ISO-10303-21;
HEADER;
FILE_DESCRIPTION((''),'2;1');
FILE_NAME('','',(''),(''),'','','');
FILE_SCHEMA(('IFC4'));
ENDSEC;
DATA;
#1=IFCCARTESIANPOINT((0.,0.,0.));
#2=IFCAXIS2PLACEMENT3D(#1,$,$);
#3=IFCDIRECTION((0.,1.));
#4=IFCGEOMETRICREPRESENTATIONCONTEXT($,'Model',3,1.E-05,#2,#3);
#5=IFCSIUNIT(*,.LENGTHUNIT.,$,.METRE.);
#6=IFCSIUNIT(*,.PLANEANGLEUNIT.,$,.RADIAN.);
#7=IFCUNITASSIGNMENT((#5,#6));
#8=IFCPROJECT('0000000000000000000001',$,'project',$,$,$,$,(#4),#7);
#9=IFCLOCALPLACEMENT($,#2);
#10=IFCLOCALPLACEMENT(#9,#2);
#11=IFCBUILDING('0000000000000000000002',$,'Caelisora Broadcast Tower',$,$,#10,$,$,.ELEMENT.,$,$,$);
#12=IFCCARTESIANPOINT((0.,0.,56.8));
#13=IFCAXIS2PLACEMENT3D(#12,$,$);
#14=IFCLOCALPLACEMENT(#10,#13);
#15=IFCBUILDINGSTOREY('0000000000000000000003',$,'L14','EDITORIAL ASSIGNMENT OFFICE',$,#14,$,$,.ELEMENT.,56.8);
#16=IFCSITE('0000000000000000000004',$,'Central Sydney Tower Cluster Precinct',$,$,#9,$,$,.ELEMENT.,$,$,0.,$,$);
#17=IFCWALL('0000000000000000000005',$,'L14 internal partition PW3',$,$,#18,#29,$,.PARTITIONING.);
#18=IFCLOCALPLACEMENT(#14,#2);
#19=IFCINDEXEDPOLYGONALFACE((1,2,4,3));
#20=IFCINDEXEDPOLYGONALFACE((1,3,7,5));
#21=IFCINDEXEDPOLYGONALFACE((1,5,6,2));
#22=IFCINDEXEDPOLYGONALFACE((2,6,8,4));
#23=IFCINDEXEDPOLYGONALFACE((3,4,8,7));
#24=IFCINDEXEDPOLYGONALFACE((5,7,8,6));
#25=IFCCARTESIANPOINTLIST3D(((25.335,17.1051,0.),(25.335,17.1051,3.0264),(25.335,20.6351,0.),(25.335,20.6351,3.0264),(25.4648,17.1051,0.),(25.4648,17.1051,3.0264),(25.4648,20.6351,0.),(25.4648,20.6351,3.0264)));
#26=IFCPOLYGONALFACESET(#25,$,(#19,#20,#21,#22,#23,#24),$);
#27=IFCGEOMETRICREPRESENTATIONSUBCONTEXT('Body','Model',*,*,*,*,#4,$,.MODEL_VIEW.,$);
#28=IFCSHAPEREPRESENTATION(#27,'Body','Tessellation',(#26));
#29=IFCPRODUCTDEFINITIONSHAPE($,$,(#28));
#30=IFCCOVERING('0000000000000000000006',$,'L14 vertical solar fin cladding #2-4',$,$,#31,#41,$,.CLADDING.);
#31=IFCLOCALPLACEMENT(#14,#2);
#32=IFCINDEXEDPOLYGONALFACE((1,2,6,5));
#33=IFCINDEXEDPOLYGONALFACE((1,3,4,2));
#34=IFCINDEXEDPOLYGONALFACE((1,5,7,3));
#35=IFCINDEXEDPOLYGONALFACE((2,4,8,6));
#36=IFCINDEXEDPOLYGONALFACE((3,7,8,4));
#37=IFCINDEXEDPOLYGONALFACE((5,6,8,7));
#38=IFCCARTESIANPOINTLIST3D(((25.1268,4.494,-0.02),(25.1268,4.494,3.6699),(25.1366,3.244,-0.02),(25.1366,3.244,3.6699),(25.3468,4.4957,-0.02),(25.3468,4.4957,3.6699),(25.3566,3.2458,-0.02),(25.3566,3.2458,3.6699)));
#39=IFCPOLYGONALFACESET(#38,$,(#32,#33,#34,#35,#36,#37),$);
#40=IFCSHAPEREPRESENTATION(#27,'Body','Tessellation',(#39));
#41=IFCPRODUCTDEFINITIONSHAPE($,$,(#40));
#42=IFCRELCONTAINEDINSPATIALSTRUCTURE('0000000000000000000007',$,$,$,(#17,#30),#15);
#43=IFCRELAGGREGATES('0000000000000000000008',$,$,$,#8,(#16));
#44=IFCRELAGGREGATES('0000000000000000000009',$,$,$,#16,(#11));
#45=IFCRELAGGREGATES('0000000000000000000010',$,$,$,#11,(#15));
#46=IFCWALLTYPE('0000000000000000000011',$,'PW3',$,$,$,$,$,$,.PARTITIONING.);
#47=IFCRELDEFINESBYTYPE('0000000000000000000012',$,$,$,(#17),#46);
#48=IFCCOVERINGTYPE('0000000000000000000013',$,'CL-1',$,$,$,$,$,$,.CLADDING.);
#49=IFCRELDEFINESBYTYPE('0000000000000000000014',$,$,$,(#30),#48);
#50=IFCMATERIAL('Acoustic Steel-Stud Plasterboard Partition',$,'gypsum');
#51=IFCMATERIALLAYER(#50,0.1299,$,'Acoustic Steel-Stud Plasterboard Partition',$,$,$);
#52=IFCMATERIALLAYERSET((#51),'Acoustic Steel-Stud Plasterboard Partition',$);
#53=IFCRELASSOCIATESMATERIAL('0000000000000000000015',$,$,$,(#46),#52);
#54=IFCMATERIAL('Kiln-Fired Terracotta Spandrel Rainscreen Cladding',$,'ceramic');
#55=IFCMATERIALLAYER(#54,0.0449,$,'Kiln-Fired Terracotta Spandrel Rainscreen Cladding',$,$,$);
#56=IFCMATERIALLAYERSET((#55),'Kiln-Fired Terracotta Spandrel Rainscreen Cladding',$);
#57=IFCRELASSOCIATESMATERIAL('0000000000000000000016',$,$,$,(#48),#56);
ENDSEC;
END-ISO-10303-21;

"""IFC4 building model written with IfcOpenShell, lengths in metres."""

from ifc_helpers import new_model, si_unit, direction, frame, frame_2d, origin, origin_2d, place, context, subcontext, project, spatial, rectangle, extrude, source, transform, mapped, material, layer, layer_set, type_object, type_shapes, element, save


model = new_model("IFC4")

# Units and contexts
model_context = context("Model", 3, precision=1e-05, world=origin(), true_north=direction((0.0, 1.0)))
body_context = subcontext(model_context, "Body", "Model", "MODEL_VIEW")
ifc_project = project(units=[si_unit("LENGTHUNIT", "METRE"), si_unit("PLANEANGLEUNIT", "RADIAN")], contexts=[model_context])

# Site, building, storey
site_placement = place(None, origin())
site = spatial("IfcSite", under=ifc_project, at=site_placement, Name="Central Sydney Tower Cluster Precinct", CompositionType="ELEMENT", RefElevation=0.0)
building_placement = place(site_placement, origin())
building = spatial("IfcBuilding", under=site, at=building_placement, Name="Caelisora Broadcast Tower", CompositionType="ELEMENT")
storey_placement = place(building_placement, frame((0.0, 0.0, 56.8)))
storey = spatial("IfcBuildingStorey", under=building, at=storey_placement, Name="L14", Description="EDITORIAL ASSIGNMENT OFFICE", CompositionType="ELEMENT", Elevation=56.8)

# Shared definitions
ifc_material_1 = material(Name="Acoustic Steel-Stud Plasterboard Partition", Category="gypsum")
ifc_layer_1 = layer(ifc_material_1, 0.1299, Name="Acoustic Steel-Stud Plasterboard Partition")
ifc_layer_set_1 = layer_set([ifc_layer_1], Name="Acoustic Steel-Stud Plasterboard Partition")
wall_type_1 = type_object("IfcWallType", Name="PW3", PredefinedType="PARTITIONING", material=ifc_layer_set_1)

# Wall
wall_1_placement = place(storey_placement, frame((25.3999, 17.105, 0.0), z_axis=(0.0, 0.0, 1.0), x_axis=(0.0, 1.0, 0.0)))
element("IfcWall", 1, at=wall_1_placement, inside=storey, type_object=wall_type_1, Name="L14 internal partition PW3", PredefinedType="PARTITIONING", context=body_context, shape_type="SweptSolid", body=[
    extrude(rectangle(XDim=3.53, YDim=0.1299, at=frame_2d((1.7651, 0.0))), origin(), (0.0, 0.0, 1.0), 3.0264),
])

# Covering
ifc_material_2 = material(Name="Kiln-Fired Terracotta Spandrel Rainscreen Cladding", Category="ceramic")
ifc_layer_2 = layer(ifc_material_2, 0.0449, Name="Kiln-Fired Terracotta Spandrel Rainscreen Cladding")
ifc_layer_set_2 = layer_set([ifc_layer_2], Name="Kiln-Fired Terracotta Spandrel Rainscreen Cladding")
covering_type = type_object("IfcCoveringType", Name="CL-1", PredefinedType="CLADDING", material=ifc_layer_set_2)
shared_shape_1 = source(origin(), body_context, "Body", "SweptSolid", [
    extrude(rectangle(XDim=0.22, YDim=1.25, at=origin_2d()), origin(), (0.0, 0.0, 1.0), 3.6899),
])
type_shapes(covering_type, [shared_shape_1])
covering_placement = place(storey_placement, frame((25.2417, 3.8699, -0.02), z_axis=(0.0, 0.0, 1.0), x_axis=(-0.999969, -0.007854, 0.0)))
element("IfcCovering", 2, at=covering_placement, inside=storey, type_object=covering_type, Name="L14 vertical solar fin cladding #2-4", PredefinedType="CLADDING", context=body_context, shape_type="MappedRepresentation", body=[
    mapped(shared_shape_1, transform((0.0, 0.0, 0.0), scale=1.0)),
])

save(model, "model.ifc")
